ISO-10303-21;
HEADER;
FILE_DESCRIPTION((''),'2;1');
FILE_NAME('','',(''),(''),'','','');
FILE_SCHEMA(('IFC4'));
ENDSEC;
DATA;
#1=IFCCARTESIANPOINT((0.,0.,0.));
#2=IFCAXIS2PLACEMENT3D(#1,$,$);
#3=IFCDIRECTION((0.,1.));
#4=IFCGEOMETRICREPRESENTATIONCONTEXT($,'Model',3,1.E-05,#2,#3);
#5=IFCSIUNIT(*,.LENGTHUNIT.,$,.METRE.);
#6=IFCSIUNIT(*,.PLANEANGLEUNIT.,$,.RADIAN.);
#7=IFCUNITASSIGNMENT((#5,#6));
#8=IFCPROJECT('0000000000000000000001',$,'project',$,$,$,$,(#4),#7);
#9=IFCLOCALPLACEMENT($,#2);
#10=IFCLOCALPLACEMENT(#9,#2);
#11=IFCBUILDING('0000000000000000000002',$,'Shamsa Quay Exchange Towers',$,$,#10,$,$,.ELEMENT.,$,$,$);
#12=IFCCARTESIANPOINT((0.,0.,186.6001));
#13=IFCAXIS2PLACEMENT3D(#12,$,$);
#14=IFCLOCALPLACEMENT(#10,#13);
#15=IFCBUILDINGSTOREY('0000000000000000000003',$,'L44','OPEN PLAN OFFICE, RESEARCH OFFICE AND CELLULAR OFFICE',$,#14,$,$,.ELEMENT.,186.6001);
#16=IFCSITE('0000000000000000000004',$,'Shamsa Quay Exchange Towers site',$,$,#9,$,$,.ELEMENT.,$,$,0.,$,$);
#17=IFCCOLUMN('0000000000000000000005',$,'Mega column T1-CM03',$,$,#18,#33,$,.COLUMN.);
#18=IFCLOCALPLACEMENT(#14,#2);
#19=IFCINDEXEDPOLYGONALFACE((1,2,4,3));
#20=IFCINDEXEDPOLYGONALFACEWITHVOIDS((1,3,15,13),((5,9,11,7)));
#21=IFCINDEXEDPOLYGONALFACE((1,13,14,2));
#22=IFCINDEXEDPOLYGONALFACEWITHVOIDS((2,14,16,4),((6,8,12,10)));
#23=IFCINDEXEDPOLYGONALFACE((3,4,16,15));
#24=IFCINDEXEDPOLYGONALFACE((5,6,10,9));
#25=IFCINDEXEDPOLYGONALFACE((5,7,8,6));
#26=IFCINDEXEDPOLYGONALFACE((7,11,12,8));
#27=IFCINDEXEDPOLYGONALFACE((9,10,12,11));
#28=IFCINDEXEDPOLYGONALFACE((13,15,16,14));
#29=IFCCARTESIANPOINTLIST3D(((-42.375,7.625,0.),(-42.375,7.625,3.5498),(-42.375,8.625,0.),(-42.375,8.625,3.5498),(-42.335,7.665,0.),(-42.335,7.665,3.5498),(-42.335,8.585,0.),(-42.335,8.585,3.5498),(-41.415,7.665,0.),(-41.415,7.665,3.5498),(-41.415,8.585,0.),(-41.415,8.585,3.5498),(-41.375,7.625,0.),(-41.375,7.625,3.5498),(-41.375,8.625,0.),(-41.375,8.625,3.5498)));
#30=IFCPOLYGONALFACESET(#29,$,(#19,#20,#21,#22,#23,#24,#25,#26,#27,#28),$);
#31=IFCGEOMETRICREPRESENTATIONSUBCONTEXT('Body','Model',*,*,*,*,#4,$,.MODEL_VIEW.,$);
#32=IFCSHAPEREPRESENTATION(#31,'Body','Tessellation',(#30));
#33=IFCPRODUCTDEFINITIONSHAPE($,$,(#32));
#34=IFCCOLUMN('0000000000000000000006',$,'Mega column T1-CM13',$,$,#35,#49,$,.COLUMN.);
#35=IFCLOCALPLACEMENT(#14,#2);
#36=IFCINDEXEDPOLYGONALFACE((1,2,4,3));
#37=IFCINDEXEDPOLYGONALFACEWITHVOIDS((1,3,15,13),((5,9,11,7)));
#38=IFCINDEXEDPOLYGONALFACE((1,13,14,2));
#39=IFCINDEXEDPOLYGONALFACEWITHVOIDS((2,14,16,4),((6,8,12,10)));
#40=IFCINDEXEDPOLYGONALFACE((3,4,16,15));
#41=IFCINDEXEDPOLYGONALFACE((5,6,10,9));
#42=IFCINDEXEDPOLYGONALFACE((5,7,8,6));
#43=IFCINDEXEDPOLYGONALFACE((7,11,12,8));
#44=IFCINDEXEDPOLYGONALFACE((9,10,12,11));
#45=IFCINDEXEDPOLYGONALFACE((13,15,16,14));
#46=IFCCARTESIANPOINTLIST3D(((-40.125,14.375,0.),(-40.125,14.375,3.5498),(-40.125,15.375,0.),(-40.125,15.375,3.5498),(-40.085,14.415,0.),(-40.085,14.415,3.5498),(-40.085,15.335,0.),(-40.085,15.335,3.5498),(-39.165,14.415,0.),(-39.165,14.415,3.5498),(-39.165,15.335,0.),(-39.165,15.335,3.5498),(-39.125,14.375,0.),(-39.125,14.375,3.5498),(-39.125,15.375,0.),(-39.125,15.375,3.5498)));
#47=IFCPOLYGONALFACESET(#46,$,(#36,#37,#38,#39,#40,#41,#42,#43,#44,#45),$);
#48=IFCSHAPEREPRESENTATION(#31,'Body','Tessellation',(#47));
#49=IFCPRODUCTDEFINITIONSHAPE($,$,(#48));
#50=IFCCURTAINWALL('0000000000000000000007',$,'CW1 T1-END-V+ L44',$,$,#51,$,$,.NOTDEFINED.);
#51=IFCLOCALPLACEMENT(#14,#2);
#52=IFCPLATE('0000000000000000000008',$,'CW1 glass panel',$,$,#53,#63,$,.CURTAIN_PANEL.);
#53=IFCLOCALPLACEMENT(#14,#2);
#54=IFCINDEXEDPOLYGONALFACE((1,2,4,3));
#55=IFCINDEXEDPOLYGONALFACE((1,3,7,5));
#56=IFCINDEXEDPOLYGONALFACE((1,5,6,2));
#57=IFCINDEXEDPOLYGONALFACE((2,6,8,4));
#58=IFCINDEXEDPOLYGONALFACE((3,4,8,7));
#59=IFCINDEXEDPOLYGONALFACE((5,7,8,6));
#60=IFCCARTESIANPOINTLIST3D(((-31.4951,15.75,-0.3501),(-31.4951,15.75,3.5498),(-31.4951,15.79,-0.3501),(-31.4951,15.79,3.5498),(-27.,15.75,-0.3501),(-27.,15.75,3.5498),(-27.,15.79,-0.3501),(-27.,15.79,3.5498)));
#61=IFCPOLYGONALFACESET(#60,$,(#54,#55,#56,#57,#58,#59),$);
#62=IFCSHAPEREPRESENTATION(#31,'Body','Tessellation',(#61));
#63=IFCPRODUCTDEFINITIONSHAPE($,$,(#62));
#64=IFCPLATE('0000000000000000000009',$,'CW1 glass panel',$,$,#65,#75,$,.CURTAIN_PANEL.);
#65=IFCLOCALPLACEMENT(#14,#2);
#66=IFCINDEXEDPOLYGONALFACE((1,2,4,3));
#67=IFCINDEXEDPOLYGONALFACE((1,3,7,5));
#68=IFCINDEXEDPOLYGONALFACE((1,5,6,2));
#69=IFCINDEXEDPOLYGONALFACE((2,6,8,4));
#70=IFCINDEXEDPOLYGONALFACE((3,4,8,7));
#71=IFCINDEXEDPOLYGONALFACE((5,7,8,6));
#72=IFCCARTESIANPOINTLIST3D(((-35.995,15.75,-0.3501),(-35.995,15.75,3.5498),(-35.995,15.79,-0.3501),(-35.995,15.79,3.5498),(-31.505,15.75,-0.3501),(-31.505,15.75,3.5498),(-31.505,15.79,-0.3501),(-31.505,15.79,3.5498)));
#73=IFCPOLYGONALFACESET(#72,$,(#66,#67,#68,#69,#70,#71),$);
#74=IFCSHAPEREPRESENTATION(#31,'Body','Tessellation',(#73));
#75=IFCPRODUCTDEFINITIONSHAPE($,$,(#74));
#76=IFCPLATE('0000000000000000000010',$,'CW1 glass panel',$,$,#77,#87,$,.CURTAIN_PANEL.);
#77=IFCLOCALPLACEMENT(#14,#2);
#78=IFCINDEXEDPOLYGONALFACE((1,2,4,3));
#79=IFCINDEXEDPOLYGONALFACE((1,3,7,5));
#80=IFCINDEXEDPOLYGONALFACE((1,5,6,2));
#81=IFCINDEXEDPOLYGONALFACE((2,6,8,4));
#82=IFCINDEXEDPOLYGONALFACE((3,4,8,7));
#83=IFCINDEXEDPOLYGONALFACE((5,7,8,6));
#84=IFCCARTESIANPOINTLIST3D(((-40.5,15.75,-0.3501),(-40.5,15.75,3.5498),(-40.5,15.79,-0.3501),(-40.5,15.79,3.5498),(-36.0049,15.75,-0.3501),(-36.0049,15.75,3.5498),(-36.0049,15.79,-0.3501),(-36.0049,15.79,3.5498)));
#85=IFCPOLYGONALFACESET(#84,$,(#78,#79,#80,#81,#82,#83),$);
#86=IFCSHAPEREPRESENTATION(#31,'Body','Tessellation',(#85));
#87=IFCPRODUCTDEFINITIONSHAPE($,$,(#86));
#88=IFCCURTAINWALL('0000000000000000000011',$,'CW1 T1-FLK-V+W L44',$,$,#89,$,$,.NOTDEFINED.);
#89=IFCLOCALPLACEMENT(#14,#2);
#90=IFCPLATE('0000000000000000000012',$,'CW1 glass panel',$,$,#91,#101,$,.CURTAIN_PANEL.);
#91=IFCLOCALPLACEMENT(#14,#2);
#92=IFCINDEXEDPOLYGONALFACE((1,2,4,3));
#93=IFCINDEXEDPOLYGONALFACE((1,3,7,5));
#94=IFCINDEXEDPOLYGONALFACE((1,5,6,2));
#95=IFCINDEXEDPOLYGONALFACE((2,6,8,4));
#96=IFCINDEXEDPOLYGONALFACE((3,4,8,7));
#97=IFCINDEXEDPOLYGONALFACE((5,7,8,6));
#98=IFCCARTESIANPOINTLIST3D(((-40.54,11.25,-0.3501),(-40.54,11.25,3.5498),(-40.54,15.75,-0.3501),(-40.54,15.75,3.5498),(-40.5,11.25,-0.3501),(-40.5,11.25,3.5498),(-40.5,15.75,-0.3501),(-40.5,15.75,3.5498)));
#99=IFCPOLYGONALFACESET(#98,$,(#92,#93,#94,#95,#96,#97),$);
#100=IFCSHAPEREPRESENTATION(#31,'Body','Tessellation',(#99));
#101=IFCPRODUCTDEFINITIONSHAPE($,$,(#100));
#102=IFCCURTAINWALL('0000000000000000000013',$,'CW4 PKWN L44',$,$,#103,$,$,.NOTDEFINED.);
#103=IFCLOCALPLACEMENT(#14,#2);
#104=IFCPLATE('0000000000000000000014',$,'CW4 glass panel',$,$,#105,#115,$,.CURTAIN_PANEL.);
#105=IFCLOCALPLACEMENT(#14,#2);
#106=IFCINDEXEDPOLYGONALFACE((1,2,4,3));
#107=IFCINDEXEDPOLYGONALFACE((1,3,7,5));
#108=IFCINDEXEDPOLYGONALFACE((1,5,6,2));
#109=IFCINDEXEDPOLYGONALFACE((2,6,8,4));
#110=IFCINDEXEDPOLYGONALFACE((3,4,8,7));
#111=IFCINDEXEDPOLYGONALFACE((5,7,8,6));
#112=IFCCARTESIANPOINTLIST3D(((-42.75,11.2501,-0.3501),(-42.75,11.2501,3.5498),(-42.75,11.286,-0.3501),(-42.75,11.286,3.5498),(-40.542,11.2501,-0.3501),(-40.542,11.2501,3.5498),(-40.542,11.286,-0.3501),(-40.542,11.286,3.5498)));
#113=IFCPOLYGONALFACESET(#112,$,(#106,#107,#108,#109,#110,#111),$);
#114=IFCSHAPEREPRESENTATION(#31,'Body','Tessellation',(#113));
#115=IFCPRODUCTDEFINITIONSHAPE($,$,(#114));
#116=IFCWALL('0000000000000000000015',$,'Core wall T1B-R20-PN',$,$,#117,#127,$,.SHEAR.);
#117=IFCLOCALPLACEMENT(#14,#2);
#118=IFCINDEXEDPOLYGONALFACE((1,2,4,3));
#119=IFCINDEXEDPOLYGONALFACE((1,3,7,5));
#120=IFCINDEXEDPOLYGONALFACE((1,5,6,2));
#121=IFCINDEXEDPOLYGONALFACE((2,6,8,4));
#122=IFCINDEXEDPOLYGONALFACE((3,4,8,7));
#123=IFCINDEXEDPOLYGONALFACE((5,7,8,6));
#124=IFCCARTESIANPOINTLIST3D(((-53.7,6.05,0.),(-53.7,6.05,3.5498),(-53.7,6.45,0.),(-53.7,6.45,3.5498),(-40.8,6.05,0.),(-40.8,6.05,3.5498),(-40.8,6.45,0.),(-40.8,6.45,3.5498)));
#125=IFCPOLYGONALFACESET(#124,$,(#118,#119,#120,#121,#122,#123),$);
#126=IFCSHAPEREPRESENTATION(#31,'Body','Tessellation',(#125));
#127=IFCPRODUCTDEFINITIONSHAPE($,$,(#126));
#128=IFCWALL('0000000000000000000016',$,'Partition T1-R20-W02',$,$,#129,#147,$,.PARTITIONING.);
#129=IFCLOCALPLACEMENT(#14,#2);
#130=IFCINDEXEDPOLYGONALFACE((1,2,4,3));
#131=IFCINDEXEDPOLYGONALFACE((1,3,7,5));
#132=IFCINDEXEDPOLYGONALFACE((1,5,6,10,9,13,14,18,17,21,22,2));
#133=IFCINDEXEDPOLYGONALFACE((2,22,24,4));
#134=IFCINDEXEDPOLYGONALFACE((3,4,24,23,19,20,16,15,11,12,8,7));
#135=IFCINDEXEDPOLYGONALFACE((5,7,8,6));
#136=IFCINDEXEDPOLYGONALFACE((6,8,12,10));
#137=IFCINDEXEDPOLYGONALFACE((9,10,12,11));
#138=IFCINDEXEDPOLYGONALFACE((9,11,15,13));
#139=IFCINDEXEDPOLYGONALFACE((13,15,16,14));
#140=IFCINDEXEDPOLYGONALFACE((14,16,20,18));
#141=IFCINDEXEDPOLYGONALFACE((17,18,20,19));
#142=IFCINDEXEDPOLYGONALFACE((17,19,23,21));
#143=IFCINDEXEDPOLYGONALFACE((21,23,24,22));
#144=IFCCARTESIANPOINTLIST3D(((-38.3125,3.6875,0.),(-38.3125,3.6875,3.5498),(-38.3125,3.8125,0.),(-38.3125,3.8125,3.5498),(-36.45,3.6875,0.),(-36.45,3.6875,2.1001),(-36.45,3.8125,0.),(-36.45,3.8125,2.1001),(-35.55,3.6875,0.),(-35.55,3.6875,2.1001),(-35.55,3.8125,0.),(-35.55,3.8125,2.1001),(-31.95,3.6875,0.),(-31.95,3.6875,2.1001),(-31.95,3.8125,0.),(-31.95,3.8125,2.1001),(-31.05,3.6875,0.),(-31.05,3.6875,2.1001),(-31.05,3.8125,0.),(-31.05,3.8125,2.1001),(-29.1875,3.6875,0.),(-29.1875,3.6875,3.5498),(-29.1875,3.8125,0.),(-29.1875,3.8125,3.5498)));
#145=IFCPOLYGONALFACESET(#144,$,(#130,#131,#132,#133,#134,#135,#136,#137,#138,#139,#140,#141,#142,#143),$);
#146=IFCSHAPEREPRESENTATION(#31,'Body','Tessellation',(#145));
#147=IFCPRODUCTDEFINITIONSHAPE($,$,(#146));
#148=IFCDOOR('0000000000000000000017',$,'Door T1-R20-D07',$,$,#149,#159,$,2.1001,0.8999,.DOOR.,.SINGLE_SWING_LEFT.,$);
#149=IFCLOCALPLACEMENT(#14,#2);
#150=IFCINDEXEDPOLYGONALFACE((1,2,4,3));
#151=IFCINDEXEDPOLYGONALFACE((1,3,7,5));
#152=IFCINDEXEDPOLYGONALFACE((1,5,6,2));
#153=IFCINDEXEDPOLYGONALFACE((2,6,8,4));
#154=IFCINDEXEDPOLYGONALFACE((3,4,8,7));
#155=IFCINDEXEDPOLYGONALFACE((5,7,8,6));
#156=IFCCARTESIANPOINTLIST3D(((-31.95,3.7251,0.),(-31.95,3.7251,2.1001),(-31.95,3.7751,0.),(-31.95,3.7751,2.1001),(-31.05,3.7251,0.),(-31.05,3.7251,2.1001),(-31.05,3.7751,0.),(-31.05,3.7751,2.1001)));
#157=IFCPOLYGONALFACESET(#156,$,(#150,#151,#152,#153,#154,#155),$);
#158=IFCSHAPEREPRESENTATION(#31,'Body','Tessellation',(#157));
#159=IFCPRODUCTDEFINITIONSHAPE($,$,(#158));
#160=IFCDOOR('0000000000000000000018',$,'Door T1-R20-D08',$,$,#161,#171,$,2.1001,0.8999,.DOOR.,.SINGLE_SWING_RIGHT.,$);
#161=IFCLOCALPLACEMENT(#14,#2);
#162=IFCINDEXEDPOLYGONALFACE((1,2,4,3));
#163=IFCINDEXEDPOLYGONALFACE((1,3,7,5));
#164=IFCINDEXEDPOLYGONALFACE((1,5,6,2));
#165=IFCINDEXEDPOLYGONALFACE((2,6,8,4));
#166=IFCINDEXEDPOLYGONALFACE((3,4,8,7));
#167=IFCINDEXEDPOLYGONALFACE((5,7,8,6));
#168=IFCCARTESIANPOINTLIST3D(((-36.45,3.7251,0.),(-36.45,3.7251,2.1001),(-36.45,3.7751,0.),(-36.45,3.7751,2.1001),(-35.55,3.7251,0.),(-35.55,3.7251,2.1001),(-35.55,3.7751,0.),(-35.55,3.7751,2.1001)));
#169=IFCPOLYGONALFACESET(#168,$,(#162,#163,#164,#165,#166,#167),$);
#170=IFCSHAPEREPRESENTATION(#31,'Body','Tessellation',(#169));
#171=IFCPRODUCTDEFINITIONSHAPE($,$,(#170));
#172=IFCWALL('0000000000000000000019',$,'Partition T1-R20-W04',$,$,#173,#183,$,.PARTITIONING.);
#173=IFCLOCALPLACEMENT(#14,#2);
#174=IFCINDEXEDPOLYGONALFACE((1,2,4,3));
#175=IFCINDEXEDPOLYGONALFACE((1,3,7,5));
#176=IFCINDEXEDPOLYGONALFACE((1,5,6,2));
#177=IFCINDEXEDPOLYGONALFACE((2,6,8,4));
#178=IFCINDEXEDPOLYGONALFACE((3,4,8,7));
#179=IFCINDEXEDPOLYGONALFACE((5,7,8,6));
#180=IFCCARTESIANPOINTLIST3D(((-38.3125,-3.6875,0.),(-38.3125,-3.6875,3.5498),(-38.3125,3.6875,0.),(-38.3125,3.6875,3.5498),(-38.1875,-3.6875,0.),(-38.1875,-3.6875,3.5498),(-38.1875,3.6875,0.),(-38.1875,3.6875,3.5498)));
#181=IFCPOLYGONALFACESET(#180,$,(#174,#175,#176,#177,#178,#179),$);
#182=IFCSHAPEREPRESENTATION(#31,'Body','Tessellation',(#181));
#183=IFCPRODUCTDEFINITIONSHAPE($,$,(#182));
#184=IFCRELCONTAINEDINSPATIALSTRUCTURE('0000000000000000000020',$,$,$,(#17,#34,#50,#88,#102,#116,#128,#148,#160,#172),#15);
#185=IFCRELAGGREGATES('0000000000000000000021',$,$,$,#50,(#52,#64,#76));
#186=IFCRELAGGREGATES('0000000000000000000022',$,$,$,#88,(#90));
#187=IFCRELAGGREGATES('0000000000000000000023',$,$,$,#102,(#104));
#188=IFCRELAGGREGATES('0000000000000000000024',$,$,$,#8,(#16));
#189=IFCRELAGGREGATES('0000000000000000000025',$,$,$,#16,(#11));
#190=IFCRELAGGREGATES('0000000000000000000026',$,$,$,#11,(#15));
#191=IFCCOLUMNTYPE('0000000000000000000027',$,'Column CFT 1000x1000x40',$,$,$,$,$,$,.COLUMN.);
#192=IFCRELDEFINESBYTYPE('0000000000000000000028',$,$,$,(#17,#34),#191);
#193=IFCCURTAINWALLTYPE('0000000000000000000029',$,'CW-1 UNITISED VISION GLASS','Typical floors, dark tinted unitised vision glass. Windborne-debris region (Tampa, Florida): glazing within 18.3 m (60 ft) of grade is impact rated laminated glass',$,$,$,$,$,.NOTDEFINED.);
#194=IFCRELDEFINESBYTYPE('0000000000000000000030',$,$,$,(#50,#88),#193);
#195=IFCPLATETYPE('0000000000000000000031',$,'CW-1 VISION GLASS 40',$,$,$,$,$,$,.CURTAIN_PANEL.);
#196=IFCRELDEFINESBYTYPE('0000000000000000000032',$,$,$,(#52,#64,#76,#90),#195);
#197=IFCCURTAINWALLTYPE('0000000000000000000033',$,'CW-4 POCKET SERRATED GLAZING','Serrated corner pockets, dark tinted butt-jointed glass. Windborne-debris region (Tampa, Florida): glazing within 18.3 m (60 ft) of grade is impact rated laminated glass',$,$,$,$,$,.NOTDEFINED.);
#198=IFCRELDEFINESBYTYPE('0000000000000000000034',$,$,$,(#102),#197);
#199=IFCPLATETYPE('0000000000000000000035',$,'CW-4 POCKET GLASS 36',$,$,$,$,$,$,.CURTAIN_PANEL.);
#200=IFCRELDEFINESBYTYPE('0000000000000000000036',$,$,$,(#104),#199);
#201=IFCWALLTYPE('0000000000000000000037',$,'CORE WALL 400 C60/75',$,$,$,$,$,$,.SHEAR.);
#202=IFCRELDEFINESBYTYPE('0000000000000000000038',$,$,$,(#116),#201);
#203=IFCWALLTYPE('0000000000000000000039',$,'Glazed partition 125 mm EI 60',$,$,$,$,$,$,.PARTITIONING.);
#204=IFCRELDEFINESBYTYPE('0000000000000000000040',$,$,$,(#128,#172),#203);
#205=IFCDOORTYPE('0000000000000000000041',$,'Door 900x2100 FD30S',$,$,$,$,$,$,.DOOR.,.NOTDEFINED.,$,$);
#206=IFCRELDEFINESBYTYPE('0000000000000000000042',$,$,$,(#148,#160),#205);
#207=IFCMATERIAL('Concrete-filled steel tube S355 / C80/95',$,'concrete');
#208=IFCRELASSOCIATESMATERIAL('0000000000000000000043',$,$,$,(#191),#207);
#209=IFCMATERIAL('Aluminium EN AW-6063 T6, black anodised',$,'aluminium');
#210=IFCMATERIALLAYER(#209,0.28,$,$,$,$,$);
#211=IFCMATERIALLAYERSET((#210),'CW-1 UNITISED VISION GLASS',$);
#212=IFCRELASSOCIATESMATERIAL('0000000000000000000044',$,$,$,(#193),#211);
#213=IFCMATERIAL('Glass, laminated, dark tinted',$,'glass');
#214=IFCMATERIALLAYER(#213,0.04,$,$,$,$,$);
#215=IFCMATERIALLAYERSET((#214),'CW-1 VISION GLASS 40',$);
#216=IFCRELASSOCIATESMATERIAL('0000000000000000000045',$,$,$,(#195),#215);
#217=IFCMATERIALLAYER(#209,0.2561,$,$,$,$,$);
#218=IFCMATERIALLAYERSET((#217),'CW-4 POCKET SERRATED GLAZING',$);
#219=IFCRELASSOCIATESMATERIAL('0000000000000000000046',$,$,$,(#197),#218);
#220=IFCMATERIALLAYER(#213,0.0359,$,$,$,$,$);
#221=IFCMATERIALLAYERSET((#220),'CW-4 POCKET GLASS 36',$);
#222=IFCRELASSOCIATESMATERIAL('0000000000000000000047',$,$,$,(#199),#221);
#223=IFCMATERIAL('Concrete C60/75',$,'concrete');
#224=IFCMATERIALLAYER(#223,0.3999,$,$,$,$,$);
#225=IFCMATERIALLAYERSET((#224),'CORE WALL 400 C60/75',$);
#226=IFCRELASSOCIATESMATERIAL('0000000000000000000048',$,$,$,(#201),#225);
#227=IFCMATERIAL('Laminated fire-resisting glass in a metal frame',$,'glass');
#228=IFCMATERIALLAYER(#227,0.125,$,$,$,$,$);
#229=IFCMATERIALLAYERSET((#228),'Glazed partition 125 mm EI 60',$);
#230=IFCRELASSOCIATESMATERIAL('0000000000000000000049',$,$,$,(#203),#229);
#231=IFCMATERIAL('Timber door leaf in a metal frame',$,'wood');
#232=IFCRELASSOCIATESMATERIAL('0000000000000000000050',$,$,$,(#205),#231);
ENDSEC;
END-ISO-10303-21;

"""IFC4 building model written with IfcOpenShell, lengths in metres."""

from ifc_helpers import new_model, si_unit, direction, frame, frame_2d, origin, origin_2d, place, context, subcontext, project, spatial, rectangle, hollow_rectangle, extrude, material, layer, layer_set, material_profile, profile_set, type_object, element, fill, aggregate, save


model = new_model("IFC4")

# Units and contexts
model_context = context("Model", 3, precision=1e-05, world=origin(), true_north=direction((0.0, 1.0)))
body_context = subcontext(model_context, "Body", "Model", "MODEL_VIEW")
ifc_project = project(units=[si_unit("LENGTHUNIT", "METRE"), si_unit("PLANEANGLEUNIT", "RADIAN")], contexts=[model_context])

# Site, building, storey
site_placement = place(None, origin())
site = spatial("IfcSite", under=ifc_project, at=site_placement, Name="Shamsa Quay Exchange Towers site", CompositionType="ELEMENT", RefElevation=0.0)
building_placement = place(site_placement, origin())
building = spatial("IfcBuilding", under=site, at=building_placement, Name="Shamsa Quay Exchange Towers", CompositionType="ELEMENT")
storey_placement = place(building_placement, frame((0.0, 0.0, 186.6001)))
storey = spatial("IfcBuildingStorey", under=building, at=storey_placement, Name="L44", Description="OPEN PLAN OFFICE, RESEARCH OFFICE AND CELLULAR OFFICE", CompositionType="ELEMENT", Elevation=186.6001)

# Columns
ifc_material_1 = material(Name="Concrete-filled steel tube S355 / C80/95", Category="concrete")
ifc_material_profile = material_profile(ifc_material_1, hollow_rectangle(XDim=1.0, YDim=1.0, WallThickness=0.04, at=origin_2d()), Name="CFT 1000x1000x40")
ifc_profile_set = profile_set([ifc_material_profile], Name="Concrete-filled steel tube S355 / C80/95")
column_type = type_object("IfcColumnType", Name="Column CFT 1000x1000x40", PredefinedType="COLUMN", material=ifc_profile_set)
for number, where, name in (
    (1, (-41.875, 8.125, 0.0), "Mega column T1-CM03"),
    (2, (-39.625, 14.875, 0.0), "Mega column T1-CM13"),
):
    element("IfcColumn", number, at=place(storey_placement, frame(where)), inside=storey, type_object=column_type, Name=name, PredefinedType="COLUMN", context=body_context, shape_type="SweptSolid", body=[
        extrude(hollow_rectangle(XDim=1.0, YDim=1.0, WallThickness=0.04, at=origin_2d()), origin(), (0.0, 0.0, 1.0), 3.5498),
    ])

# Curtain wall, plates
ifc_material_2 = material(Name="Aluminium EN AW-6063 T6, black anodised", Category="aluminium")
ifc_layer_1 = layer(ifc_material_2, 0.28)
ifc_layer_set_1 = layer_set([ifc_layer_1], Name="CW-1 UNITISED VISION GLASS")
curtain_wall_type_1 = type_object("IfcCurtainWallType", Name="CW-1 UNITISED VISION GLASS", Description="Typical floors, dark tinted unitised vision glass. Windborne-debris region (Tampa, Florida): glazing within 18.3 m (60 ft) of grade is impact rated laminated glass", PredefinedType="NOTDEFINED", material=ifc_layer_set_1)
curtain_wall_1_placement = place(storey_placement, origin())
curtain_wall_1 = element("IfcCurtainWall", 3, at=curtain_wall_1_placement, inside=storey, type_object=curtain_wall_type_1, Name="CW1 T1-END-V+ L44", PredefinedType="NOTDEFINED")
ifc_material_3 = material(Name="Glass, laminated, dark tinted", Category="glass")
ifc_layer_2 = layer(ifc_material_3, 0.04)
ifc_layer_set_2 = layer_set([ifc_layer_2], Name="CW-1 VISION GLASS 40")
plate_type_1 = type_object("IfcPlateType", Name="CW-1 VISION GLASS 40", PredefinedType="CURTAIN_PANEL", material=ifc_layer_set_2)
plate_1_placement = place(storey_placement, frame((-29.2476, 15.77, -0.3501), z_axis=(0.0, 0.0, 1.0), x_axis=(-1.0, 0.0, 0.0)))
plate_1 = element("IfcPlate", 4, at=plate_1_placement, type_object=plate_type_1, Name="CW1 glass panel", PredefinedType="CURTAIN_PANEL", context=body_context, shape_type="SweptSolid", body=[
    extrude(rectangle(XDim=4.4951, YDim=0.04, at=origin_2d()), origin(), (0.0, 0.0, 1.0), 3.8999),
])
plate_2_placement = place(storey_placement, frame((-33.75, 15.77, -0.3501), z_axis=(0.0, 0.0, 1.0), x_axis=(-1.0, 0.0, 0.0)))
plate_2 = element("IfcPlate", 5, at=plate_2_placement, type_object=plate_type_1, Name="CW1 glass panel", PredefinedType="CURTAIN_PANEL", context=body_context, shape_type="SweptSolid", body=[
    extrude(rectangle(XDim=4.49, YDim=0.04, at=origin_2d()), origin(), (0.0, 0.0, 1.0), 3.8999),
])
plate_3_placement = place(storey_placement, frame((-38.2524, 15.77, -0.3501), z_axis=(0.0, 0.0, 1.0), x_axis=(-1.0, 0.0, 0.0)))
plate_3 = element("IfcPlate", 6, at=plate_3_placement, type_object=plate_type_1, Name="CW1 glass panel", PredefinedType="CURTAIN_PANEL", context=body_context, shape_type="SweptSolid", body=[
    extrude(rectangle(XDim=4.4951, YDim=0.04, at=origin_2d()), origin(), (0.0, 0.0, 1.0), 3.8999),
])
aggregate(curtain_wall_1, [plate_1, plate_2, plate_3])

# Curtain walls, plates
curtain_wall_2_placement = place(storey_placement, origin())
curtain_wall_2 = element("IfcCurtainWall", 7, at=curtain_wall_2_placement, inside=storey, type_object=curtain_wall_type_1, Name="CW1 T1-FLK-V+W L44", PredefinedType="NOTDEFINED")
plate_4_placement = place(storey_placement, frame((-40.52, 13.5, -0.3501), z_axis=(0.0, 0.0, 1.0), x_axis=(0.0, -1.0, 0.0)))
plate_4 = element("IfcPlate", 8, at=plate_4_placement, type_object=plate_type_1, Name="CW1 glass panel", PredefinedType="CURTAIN_PANEL", context=body_context, shape_type="SweptSolid", body=[
    extrude(rectangle(XDim=4.5, YDim=0.04, at=origin_2d()), origin(), (0.0, 0.0, 1.0), 3.8999),
])
aggregate(curtain_wall_2, [plate_4])
ifc_layer_3 = layer(ifc_material_2, 0.2561)
ifc_layer_set_3 = layer_set([ifc_layer_3], Name="CW-4 POCKET SERRATED GLAZING")
curtain_wall_type_2 = type_object("IfcCurtainWallType", Name="CW-4 POCKET SERRATED GLAZING", Description="Serrated corner pockets, dark tinted butt-jointed glass. Windborne-debris region (Tampa, Florida): glazing within 18.3 m (60 ft) of grade is impact rated laminated glass", PredefinedType="NOTDEFINED", material=ifc_layer_set_3)
curtain_wall_3_placement = place(storey_placement, origin())
curtain_wall_3 = element("IfcCurtainWall", 9, at=curtain_wall_3_placement, inside=storey, type_object=curtain_wall_type_2, Name="CW4 PKWN L44", PredefinedType="NOTDEFINED")
ifc_layer_4 = layer(ifc_material_3, 0.0359)
ifc_layer_set_4 = layer_set([ifc_layer_4], Name="CW-4 POCKET GLASS 36")
plate_type_2 = type_object("IfcPlateType", Name="CW-4 POCKET GLASS 36", PredefinedType="CURTAIN_PANEL", material=ifc_layer_set_4)
plate_5_placement = place(storey_placement, frame((-41.646, 11.2681, -0.3501), z_axis=(0.0, 0.0, 1.0), x_axis=(-1.0, 0.0, 0.0)))
plate_5 = element("IfcPlate", 10, at=plate_5_placement, type_object=plate_type_2, Name="CW4 glass panel", PredefinedType="CURTAIN_PANEL", context=body_context, shape_type="SweptSolid", body=[
    extrude(rectangle(XDim=2.208, YDim=0.0359, at=origin_2d()), origin(), (0.0, 0.0, 1.0), 3.8999),
])
aggregate(curtain_wall_3, [plate_5])

# Wall
ifc_material_4 = material(Name="Concrete C60/75", Category="concrete")
ifc_layer_5 = layer(ifc_material_4, 0.3999)
ifc_layer_set_5 = layer_set([ifc_layer_5], Name="CORE WALL 400 C60/75")
wall_type_1 = type_object("IfcWallType", Name="CORE WALL 400 C60/75", PredefinedType="SHEAR", material=ifc_layer_set_5)
wall_1_placement = place(storey_placement, frame((-40.8, 6.25, 0.0), z_axis=(0.0, 0.0, 1.0), x_axis=(-1.0, 0.0, 0.0)))
element("IfcWall", 11, at=wall_1_placement, inside=storey, type_object=wall_type_1, Name="Core wall T1B-R20-PN", PredefinedType="SHEAR", context=body_context, shape_type="SweptSolid", body=[
    extrude(rectangle(XDim=12.8999, YDim=0.3999, at=frame_2d((6.45, 0.0))), origin(), (0.0, 0.0, 1.0), 3.5498),
])

# Wall, openings, doors
ifc_material_5 = material(Name="Laminated fire-resisting glass in a metal frame", Category="glass")
ifc_layer_6 = layer(ifc_material_5, 0.125)
ifc_layer_set_6 = layer_set([ifc_layer_6], Name="Glazed partition 125 mm EI 60")
wall_type_2 = type_object("IfcWallType", Name="Glazed partition 125 mm EI 60", PredefinedType="PARTITIONING", material=ifc_layer_set_6)
wall_2_placement = place(storey_placement, frame((-29.1875, 3.75, 0.0), z_axis=(0.0, 0.0, 1.0), x_axis=(-1.0, 0.0, 0.0)))
wall_2 = element("IfcWall", 12, at=wall_2_placement, inside=storey, type_object=wall_type_2, Name="Partition T1-R20-W02", PredefinedType="PARTITIONING", context=body_context, shape_type="SweptSolid", body=[
    extrude(rectangle(XDim=9.125, YDim=0.125, at=frame_2d((4.5625, 0.0))), origin(), (0.0, 0.0, 1.0), 3.5498),
])
opening_1_placement = place(wall_2_placement, frame((1.8625, 0.0, 0.0)))
opening_1 = element("IfcOpeningElement", 13, at=opening_1_placement, cuts=wall_2, PredefinedType="OPENING", context=body_context, shape_type="SweptSolid", body=[
    extrude(rectangle(XDim=0.8999, YDim=2.1001, at=frame_2d((0.45, 1.05))), frame((0.0, 0.0725, 0.0), z_axis=(0.0, -1.0, 0.0), x_axis=(1.0, 0.0, 0.0)), (0.0, 0.0, 1.0), 0.145),
])
opening_2_placement = place(wall_2_placement, frame((6.3625, 0.0, 0.0)))
opening_2 = element("IfcOpeningElement", 14, at=opening_2_placement, cuts=wall_2, PredefinedType="OPENING", context=body_context, shape_type="SweptSolid", body=[
    extrude(rectangle(XDim=0.8999, YDim=2.1001, at=frame_2d((0.45, 1.05))), frame((0.0, 0.0725, 0.0), z_axis=(0.0, -1.0, 0.0), x_axis=(1.0, 0.0, 0.0)), (0.0, 0.0, 1.0), 0.145),
])
ifc_material_6 = material(Name="Timber door leaf in a metal frame", Category="wood")
door_type_1 = type_object("IfcDoorType", Name="Door 900x2100 FD30S", OperationType="NOTDEFINED", PredefinedType="DOOR", material=ifc_material_6)
door_1_placement = place(opening_1_placement, origin())
door_1 = element("IfcDoor", 15, at=door_1_placement, inside=storey, type_object=door_type_1, Name="Door T1-R20-D07", OperationType="SINGLE_SWING_LEFT", OverallHeight=2.1001, OverallWidth=0.8999, PredefinedType="DOOR", context=body_context, shape_type="SweptSolid", body=[
    extrude(rectangle(XDim=0.8999, YDim=2.1001, at=frame_2d((0.45, 1.05))), frame((0.0, 0.0249, 0.0), z_axis=(0.0, -1.0, 0.0), x_axis=(1.0, 0.0, 0.0)), (0.0, 0.0, 1.0), 0.05),
])
fill(opening_1, door_1)
door_2_placement = place(opening_2_placement, origin())
door_2 = element("IfcDoor", 16, at=door_2_placement, inside=storey, type_object=door_type_1, Name="Door T1-R20-D08", OperationType="SINGLE_SWING_RIGHT", OverallHeight=2.1001, OverallWidth=0.8999, PredefinedType="DOOR", context=body_context, shape_type="SweptSolid", body=[
    extrude(rectangle(XDim=0.8999, YDim=2.1001, at=frame_2d((0.45, 1.05))), frame((0.0, 0.0249, 0.0), z_axis=(0.0, -1.0, 0.0), x_axis=(1.0, 0.0, 0.0)), (0.0, 0.0, 1.0), 0.05),
])
fill(opening_2, door_2)

# Wall
wall_3_placement = place(storey_placement, frame((-38.25, 3.6875, 0.0), z_axis=(0.0, 0.0, 1.0), x_axis=(0.0, -1.0, 0.0)))
element("IfcWall", 17, at=wall_3_placement, inside=storey, type_object=wall_type_2, Name="Partition T1-R20-W04", PredefinedType="PARTITIONING", context=body_context, shape_type="SweptSolid", body=[
    extrude(rectangle(XDim=7.375, YDim=0.125, at=frame_2d((3.6875, 0.0))), origin(), (0.0, 0.0, 1.0), 3.5498),
])

save(model, "model.ifc")
